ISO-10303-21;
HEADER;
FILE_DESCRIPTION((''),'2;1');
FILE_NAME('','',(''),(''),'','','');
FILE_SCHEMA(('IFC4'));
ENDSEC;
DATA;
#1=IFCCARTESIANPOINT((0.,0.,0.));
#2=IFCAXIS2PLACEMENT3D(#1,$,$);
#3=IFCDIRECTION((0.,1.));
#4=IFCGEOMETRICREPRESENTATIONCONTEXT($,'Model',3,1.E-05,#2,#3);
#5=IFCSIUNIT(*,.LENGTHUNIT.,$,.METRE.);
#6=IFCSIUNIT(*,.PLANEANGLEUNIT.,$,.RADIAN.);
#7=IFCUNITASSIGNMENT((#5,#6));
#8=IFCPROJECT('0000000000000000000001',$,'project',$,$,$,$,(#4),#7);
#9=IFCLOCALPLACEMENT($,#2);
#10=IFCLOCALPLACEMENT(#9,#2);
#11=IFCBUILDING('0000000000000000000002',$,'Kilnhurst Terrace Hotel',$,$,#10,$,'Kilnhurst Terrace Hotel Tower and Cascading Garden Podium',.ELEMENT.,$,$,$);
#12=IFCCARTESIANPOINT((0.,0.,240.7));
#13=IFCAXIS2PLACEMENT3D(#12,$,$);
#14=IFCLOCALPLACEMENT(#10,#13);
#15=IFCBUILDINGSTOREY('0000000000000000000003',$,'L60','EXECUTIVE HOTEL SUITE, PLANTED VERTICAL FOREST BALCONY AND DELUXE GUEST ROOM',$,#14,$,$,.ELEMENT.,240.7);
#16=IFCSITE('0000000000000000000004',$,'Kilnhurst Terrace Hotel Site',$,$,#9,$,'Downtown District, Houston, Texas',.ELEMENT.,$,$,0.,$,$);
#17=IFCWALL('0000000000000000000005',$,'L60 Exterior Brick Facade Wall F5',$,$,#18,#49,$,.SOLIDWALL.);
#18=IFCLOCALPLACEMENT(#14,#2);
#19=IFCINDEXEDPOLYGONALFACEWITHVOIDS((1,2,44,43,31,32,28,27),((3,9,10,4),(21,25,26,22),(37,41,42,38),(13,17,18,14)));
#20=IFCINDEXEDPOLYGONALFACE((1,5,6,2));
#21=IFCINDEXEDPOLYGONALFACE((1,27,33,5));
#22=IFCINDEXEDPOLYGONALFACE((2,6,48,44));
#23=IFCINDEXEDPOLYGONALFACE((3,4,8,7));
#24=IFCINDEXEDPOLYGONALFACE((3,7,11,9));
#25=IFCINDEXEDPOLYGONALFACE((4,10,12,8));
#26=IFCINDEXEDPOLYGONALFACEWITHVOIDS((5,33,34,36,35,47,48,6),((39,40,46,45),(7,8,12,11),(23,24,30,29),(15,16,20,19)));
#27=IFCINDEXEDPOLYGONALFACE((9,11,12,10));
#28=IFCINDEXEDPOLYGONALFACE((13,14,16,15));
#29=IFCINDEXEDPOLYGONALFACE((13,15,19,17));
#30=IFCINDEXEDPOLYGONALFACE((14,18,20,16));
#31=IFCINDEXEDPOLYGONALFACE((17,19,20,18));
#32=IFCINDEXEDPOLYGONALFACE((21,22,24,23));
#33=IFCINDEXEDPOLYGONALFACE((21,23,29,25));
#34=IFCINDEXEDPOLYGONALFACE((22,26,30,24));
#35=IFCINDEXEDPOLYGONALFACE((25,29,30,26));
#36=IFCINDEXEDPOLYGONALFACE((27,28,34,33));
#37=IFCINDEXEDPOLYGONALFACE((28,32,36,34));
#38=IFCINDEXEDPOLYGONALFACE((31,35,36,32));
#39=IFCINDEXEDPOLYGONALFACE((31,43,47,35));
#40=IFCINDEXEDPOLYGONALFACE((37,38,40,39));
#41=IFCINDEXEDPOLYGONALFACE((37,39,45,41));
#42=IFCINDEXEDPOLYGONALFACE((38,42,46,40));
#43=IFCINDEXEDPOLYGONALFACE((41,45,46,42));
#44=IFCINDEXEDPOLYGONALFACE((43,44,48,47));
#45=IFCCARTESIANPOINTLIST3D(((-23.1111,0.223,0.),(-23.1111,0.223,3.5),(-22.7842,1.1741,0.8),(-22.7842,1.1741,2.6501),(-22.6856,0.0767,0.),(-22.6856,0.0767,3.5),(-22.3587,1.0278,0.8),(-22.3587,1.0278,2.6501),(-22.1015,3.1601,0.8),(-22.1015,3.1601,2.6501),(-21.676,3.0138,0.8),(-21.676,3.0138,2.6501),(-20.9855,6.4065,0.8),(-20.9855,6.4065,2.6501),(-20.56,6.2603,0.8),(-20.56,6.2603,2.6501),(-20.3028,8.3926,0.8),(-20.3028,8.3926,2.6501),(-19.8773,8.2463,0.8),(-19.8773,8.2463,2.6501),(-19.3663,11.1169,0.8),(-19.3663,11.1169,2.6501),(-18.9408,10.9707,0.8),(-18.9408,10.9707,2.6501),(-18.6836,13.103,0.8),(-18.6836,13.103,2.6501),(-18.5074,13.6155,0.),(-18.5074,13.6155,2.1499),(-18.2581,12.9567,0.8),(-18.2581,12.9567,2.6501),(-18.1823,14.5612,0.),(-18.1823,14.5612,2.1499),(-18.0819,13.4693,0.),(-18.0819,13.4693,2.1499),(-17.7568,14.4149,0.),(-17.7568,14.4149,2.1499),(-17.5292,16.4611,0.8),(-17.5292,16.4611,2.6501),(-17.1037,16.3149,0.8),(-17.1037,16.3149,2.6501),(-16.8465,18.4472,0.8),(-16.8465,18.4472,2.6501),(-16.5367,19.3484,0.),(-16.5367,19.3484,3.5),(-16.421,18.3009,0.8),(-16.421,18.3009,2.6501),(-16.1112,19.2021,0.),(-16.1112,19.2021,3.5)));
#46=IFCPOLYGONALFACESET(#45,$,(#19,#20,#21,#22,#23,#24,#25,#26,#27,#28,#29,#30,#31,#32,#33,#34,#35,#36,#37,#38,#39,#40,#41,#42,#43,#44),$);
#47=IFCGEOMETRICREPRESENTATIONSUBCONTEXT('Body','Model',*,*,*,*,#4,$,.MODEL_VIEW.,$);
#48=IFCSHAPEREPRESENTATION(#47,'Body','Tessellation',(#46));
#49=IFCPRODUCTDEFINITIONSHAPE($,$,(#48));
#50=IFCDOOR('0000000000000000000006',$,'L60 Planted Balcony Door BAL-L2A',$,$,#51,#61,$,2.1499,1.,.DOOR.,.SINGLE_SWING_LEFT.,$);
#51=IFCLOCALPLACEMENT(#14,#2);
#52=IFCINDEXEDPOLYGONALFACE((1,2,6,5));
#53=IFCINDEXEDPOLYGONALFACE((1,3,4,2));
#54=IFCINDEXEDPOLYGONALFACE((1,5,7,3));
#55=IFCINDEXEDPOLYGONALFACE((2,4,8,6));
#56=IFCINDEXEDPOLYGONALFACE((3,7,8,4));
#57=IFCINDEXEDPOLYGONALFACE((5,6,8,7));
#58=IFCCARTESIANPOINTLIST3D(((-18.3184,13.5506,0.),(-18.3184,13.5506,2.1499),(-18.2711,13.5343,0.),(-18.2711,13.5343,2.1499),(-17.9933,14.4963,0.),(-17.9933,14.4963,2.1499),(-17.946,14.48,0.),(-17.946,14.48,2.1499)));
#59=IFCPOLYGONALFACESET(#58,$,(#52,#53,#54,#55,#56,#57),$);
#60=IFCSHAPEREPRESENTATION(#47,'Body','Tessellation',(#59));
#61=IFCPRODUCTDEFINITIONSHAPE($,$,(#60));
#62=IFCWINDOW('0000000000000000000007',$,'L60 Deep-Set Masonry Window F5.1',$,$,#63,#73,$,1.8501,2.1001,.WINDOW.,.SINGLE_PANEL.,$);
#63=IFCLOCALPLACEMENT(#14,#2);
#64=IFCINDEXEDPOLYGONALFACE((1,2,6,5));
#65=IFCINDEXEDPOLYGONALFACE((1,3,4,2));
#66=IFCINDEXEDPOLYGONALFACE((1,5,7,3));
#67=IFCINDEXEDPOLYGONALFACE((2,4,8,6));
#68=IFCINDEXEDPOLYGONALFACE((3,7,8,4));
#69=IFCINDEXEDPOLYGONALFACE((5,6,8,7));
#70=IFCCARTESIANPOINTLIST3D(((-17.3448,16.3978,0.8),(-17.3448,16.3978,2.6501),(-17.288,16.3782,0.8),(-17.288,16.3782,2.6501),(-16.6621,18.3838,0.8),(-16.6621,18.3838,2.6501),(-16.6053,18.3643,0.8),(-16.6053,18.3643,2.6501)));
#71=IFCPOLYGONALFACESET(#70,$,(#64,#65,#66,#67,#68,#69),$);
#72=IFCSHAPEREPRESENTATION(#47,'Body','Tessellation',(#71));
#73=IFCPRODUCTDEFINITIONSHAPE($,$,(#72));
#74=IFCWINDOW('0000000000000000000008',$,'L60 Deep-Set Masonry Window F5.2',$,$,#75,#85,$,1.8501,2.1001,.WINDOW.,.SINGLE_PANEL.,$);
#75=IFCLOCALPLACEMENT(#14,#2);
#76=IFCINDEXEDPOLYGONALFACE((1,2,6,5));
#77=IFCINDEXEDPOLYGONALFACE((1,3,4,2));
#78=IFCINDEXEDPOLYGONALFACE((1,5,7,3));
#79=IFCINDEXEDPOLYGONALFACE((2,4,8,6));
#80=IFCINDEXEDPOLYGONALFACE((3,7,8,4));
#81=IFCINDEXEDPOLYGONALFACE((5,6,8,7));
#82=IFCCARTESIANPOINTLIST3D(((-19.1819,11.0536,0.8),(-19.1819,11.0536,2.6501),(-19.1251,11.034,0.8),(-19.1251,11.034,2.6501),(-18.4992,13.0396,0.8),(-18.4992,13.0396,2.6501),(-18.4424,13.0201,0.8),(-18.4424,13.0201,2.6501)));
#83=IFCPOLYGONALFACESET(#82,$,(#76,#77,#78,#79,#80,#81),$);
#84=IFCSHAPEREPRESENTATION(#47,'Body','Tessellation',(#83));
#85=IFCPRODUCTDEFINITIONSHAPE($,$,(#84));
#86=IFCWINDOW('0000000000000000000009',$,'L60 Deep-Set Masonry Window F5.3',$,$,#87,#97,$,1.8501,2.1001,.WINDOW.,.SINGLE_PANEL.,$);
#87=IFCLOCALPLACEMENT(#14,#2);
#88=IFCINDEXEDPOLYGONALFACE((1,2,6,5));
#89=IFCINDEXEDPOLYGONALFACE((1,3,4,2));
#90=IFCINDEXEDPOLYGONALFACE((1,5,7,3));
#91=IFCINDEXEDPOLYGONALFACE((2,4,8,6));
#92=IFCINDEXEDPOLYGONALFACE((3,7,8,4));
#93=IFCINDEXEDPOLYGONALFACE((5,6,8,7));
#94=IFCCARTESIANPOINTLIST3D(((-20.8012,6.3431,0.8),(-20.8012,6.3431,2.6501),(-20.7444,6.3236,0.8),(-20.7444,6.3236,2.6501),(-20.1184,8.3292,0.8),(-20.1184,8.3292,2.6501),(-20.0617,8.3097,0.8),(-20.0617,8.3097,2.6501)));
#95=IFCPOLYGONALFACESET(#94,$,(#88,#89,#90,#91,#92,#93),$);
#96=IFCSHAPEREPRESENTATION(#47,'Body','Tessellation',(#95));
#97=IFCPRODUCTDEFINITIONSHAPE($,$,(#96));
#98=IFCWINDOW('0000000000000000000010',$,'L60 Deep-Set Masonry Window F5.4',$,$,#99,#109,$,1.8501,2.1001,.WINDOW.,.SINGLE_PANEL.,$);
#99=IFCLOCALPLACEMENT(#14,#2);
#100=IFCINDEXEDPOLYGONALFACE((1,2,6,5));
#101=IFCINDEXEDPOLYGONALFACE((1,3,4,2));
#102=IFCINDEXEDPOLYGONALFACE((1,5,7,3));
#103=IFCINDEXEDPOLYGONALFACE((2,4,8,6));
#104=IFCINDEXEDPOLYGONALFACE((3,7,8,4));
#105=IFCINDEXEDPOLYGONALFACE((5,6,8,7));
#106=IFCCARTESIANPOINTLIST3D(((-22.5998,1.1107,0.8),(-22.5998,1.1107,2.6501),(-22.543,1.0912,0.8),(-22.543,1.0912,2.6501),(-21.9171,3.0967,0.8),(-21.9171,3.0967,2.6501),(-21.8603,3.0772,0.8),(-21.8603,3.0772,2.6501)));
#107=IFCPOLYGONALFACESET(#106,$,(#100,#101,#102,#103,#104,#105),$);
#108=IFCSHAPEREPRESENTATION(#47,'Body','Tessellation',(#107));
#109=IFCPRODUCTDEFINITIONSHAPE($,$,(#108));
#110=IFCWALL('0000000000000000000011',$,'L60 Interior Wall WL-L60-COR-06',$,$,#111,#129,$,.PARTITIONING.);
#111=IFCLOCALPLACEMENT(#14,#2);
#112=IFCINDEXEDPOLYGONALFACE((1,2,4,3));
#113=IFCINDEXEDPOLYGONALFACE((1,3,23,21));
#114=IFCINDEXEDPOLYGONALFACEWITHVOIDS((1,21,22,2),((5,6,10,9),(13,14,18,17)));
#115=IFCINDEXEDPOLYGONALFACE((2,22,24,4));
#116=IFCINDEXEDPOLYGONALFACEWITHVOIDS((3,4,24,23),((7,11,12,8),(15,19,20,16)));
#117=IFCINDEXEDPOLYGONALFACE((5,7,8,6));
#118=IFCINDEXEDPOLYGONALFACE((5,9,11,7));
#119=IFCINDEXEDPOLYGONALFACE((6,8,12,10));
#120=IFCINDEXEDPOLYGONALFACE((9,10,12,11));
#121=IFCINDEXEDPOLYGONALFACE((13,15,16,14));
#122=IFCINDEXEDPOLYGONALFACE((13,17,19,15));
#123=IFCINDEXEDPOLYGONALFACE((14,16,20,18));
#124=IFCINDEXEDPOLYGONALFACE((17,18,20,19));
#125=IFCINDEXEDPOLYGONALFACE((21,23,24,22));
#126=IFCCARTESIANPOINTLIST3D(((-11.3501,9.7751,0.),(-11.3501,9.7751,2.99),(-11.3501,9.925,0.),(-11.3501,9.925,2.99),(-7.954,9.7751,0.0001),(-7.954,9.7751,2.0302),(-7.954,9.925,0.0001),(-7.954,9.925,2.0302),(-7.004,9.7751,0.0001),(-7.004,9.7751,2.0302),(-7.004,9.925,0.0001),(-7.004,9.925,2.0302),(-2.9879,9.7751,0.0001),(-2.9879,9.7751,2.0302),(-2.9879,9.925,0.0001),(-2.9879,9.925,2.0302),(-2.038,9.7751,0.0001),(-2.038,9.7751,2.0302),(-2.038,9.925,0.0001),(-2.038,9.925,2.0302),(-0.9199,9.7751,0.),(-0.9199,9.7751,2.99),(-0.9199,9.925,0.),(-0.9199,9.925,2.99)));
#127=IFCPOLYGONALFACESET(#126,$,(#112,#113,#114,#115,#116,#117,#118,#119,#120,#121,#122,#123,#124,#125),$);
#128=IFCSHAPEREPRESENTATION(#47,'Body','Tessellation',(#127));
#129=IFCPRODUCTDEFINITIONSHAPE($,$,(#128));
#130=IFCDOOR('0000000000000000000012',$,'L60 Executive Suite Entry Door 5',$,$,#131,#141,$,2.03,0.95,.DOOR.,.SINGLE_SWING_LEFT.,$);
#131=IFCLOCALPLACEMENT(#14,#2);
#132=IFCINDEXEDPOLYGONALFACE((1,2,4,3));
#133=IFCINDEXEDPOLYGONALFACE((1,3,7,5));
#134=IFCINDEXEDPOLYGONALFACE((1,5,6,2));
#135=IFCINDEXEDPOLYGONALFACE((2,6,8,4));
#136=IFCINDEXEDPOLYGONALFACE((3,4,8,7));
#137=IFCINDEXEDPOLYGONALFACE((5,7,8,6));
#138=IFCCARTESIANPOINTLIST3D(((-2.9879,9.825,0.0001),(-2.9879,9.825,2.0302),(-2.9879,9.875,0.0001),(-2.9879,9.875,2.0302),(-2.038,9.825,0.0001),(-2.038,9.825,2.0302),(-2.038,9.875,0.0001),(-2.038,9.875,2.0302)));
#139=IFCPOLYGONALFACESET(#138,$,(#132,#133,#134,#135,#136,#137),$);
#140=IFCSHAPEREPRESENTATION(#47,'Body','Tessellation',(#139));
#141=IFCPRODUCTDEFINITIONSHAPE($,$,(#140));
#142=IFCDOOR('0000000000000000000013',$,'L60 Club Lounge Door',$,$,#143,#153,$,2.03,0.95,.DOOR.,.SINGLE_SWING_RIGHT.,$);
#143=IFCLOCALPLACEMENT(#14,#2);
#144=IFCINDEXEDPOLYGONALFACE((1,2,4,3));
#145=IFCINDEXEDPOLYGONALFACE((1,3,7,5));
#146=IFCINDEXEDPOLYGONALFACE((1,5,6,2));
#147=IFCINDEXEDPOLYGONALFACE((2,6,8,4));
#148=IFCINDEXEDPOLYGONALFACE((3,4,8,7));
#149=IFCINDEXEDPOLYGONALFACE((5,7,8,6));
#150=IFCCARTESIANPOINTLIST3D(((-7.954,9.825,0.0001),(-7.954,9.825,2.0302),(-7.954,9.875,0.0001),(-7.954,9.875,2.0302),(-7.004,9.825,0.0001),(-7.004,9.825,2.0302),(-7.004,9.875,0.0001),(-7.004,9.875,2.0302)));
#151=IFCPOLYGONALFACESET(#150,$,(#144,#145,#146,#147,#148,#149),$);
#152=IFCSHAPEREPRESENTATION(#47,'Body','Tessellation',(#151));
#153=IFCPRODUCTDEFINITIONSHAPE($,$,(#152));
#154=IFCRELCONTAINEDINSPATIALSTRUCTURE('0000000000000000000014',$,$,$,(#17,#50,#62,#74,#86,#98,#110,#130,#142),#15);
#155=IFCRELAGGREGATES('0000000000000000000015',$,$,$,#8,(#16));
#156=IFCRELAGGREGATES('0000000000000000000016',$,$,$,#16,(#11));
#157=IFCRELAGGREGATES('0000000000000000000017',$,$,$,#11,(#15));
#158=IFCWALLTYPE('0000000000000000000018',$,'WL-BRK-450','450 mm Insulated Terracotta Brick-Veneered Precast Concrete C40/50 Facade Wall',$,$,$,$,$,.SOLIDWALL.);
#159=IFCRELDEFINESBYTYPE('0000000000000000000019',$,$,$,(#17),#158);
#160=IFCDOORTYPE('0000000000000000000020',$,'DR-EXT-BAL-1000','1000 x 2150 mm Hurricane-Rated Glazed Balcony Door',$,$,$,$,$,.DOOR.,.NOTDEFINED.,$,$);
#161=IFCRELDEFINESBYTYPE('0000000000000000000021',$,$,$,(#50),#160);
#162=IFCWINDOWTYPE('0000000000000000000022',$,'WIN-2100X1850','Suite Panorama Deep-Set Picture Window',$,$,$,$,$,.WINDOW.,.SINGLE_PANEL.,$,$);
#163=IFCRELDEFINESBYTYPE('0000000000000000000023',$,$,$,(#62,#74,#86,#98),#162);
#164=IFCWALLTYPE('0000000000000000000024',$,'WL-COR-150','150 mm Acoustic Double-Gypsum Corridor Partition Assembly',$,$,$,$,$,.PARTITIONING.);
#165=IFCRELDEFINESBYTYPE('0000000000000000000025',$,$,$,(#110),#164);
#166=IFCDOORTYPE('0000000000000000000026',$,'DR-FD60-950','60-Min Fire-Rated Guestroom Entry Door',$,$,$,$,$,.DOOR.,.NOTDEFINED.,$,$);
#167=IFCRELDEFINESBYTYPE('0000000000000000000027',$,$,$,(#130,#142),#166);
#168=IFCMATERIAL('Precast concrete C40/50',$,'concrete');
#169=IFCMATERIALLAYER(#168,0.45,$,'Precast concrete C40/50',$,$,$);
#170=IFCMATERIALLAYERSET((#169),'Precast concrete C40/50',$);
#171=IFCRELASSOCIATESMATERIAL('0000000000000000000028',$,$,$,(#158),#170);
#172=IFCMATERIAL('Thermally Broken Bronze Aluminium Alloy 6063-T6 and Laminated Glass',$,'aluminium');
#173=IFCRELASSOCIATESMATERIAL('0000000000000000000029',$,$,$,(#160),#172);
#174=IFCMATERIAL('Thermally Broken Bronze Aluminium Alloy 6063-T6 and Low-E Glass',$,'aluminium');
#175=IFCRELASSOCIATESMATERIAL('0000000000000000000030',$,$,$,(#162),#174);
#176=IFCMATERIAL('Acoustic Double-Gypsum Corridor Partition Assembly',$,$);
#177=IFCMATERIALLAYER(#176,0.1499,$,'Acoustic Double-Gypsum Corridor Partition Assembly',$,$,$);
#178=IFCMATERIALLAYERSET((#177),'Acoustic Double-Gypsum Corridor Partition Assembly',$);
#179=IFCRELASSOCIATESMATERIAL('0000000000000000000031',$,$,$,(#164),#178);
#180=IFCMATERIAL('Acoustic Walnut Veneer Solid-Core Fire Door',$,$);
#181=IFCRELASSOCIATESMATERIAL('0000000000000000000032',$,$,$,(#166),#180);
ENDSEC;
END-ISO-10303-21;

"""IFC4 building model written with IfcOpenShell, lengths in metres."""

from ifc_helpers import new_model, si_unit, direction, frame, frame_2d, origin, place, context, subcontext, project, spatial, rectangle, extrude, material, layer, layer_set, type_object, element, fill, save


model = new_model("IFC4")

# Units and contexts
model_context = context("Model", 3, precision=1e-05, world=origin(), true_north=direction((0.0, 1.0)))
body_context = subcontext(model_context, "Body", "Model", "MODEL_VIEW")
ifc_project = project(units=[si_unit("LENGTHUNIT", "METRE"), si_unit("PLANEANGLEUNIT", "RADIAN")], contexts=[model_context])

# Site, building, storey
site_placement = place(None, origin())
site = spatial("IfcSite", under=ifc_project, at=site_placement, Name="Kilnhurst Terrace Hotel Site", LongName="Downtown District, Houston, Texas", CompositionType="ELEMENT", RefElevation=0.0)
building_placement = place(site_placement, origin())
building = spatial("IfcBuilding", under=site, at=building_placement, Name="Kilnhurst Terrace Hotel", LongName="Kilnhurst Terrace Hotel Tower and Cascading Garden Podium", CompositionType="ELEMENT")
storey_placement = place(building_placement, frame((0.0, 0.0, 240.7)))
storey = spatial("IfcBuildingStorey", under=building, at=storey_placement, Name="L60", Description="EXECUTIVE HOTEL SUITE, PLANTED VERTICAL FOREST BALCONY AND DELUXE GUEST ROOM", CompositionType="ELEMENT", Elevation=240.7)

# Shared definitions
ifc_material_1 = material(Name="Precast concrete C40/50", Category="concrete")
ifc_layer_1 = layer(ifc_material_1, 0.45, Name="Precast concrete C40/50")
ifc_layer_set_1 = layer_set([ifc_layer_1], Name="Precast concrete C40/50")
wall_type_1 = type_object("IfcWallType", Name="WL-BRK-450", Description="450 mm Insulated Terracotta Brick-Veneered Precast Concrete C40/50 Facade Wall", PredefinedType="SOLIDWALL", material=ifc_layer_set_1)

# Wall, openings, door, windows
wall_1_placement = place(storey_placement, frame((-16.324, 19.2751, 0.0), z_axis=(0.0, 0.0, 1.0), x_axis=(-0.325083, -0.945685, 0.0)))
wall_1 = element("IfcWall", 1, at=wall_1_placement, inside=storey, type_object=wall_type_1, Name="L60 Exterior Brick Facade Wall F5", PredefinedType="SOLIDWALL", context=body_context, shape_type="SweptSolid", body=[
    extrude(rectangle(XDim=20.2239, YDim=0.45, at=frame_2d((10.1118, 0.0))), origin(), (0.0, 0.0, 1.0), 3.5),
])
opening_1_placement = place(wall_1_placement, frame((5.062, 0.0, 0.0)))
opening_1 = element("IfcOpeningElement", 2, at=opening_1_placement, cuts=wall_1, PredefinedType="OPENING", context=body_context, shape_type="SweptSolid", body=[
    extrude(rectangle(XDim=1.0, YDim=2.1499, at=frame_2d((0.5, 1.075))), frame((0.0, 0.2349, 0.0), z_axis=(0.0, -1.0, 0.0), x_axis=(1.0, 0.0, 0.0)), (0.0, 0.0, 1.0), 0.47),
])
opening_2_placement = place(wall_1_placement, frame((0.9529, 0.0, 0.8)))
opening_2 = element("IfcOpeningElement", 3, at=opening_2_placement, cuts=wall_1, PredefinedType="OPENING", context=body_context, shape_type="SweptSolid", body=[
    extrude(rectangle(XDim=2.1001, YDim=1.8501, at=frame_2d((1.05, 0.925))), frame((0.0, 0.2349, 0.0), z_axis=(0.0, -1.0, 0.0), x_axis=(1.0, 0.0, 0.0)), (0.0, 0.0, 1.0), 0.47),
])
opening_3_placement = place(wall_1_placement, frame((6.604, 0.0, 0.8)))
opening_3 = element("IfcOpeningElement", 4, at=opening_3_placement, cuts=wall_1, PredefinedType="OPENING", context=body_context, shape_type="SweptSolid", body=[
    extrude(rectangle(XDim=2.1001, YDim=1.8501, at=frame_2d((1.05, 0.925))), frame((0.0, 0.2349, 0.0), z_axis=(0.0, -1.0, 0.0), x_axis=(1.0, 0.0, 0.0)), (0.0, 0.0, 1.0), 0.47),
])
opening_4_placement = place(wall_1_placement, frame((11.585, 0.0, 0.8)))
opening_4 = element("IfcOpeningElement", 5, at=opening_4_placement, cuts=wall_1, PredefinedType="OPENING", context=body_context, shape_type="SweptSolid", body=[
    extrude(rectangle(XDim=2.1001, YDim=1.8501, at=frame_2d((1.05, 0.925))), frame((0.0, 0.2349, 0.0), z_axis=(0.0, -1.0, 0.0), x_axis=(1.0, 0.0, 0.0)), (0.0, 0.0, 1.0), 0.47),
])
opening_5_placement = place(wall_1_placement, frame((17.1179, 0.0, 0.8)))
opening_5 = element("IfcOpeningElement", 6, at=opening_5_placement, cuts=wall_1, PredefinedType="OPENING", context=body_context, shape_type="SweptSolid", body=[
    extrude(rectangle(XDim=2.1001, YDim=1.8501, at=frame_2d((1.05, 0.925))), frame((0.0, 0.2349, 0.0), z_axis=(0.0, -1.0, 0.0), x_axis=(1.0, 0.0, 0.0)), (0.0, 0.0, 1.0), 0.47),
])
ifc_material_2 = material(Name="Thermally Broken Bronze Aluminium Alloy 6063-T6 and Laminated Glass", Category="aluminium")
door_type_1 = type_object("IfcDoorType", Name="DR-EXT-BAL-1000", Description="1000 x 2150 mm Hurricane-Rated Glazed Balcony Door", OperationType="NOTDEFINED", PredefinedType="DOOR", material=ifc_material_2)
door_1_placement = place(opening_1_placement, origin())
door_1 = element("IfcDoor", 7, at=door_1_placement, inside=storey, type_object=door_type_1, Name="L60 Planted Balcony Door BAL-L2A", OperationType="SINGLE_SWING_LEFT", OverallHeight=2.1499, OverallWidth=1.0, PredefinedType="DOOR", context=body_context, shape_type="SweptSolid", body=[
    extrude(rectangle(XDim=1.0, YDim=2.1499, at=frame_2d((0.5, 1.075))), frame((0.0, 0.0249, 0.0), z_axis=(0.0, -1.0, 0.0), x_axis=(1.0, 0.0, 0.0)), (0.0, 0.0, 1.0), 0.05),
])
fill(opening_1, door_1)
ifc_material_3 = material(Name="Thermally Broken Bronze Aluminium Alloy 6063-T6 and Low-E Glass", Category="aluminium")
window_type = type_object("IfcWindowType", Name="WIN-2100X1850", Description="Suite Panorama Deep-Set Picture Window", PartitioningType="SINGLE_PANEL", PredefinedType="WINDOW", material=ifc_material_3)
window_1_placement = place(opening_2_placement, origin())
window_1 = element("IfcWindow", 8, at=window_1_placement, inside=storey, type_object=window_type, Name="L60 Deep-Set Masonry Window F5.1", OverallHeight=1.8501, OverallWidth=2.1001, PartitioningType="SINGLE_PANEL", PredefinedType="WINDOW", context=body_context, shape_type="SweptSolid", body=[
    extrude(rectangle(XDim=2.1001, YDim=1.8501, at=frame_2d((1.05, 0.925))), frame((0.0, 0.03, 0.0), z_axis=(0.0, -1.0, 0.0), x_axis=(1.0, 0.0, 0.0)), (0.0, 0.0, 1.0), 0.0601),
])
fill(opening_2, window_1)
window_2_placement = place(opening_3_placement, origin())
window_2 = element("IfcWindow", 9, at=window_2_placement, inside=storey, type_object=window_type, Name="L60 Deep-Set Masonry Window F5.2", OverallHeight=1.8501, OverallWidth=2.1001, PartitioningType="SINGLE_PANEL", PredefinedType="WINDOW", context=body_context, shape_type="SweptSolid", body=[
    extrude(rectangle(XDim=2.1001, YDim=1.8501, at=frame_2d((1.05, 0.925))), frame((0.0, 0.03, 0.0), z_axis=(0.0, -1.0, 0.0), x_axis=(1.0, 0.0, 0.0)), (0.0, 0.0, 1.0), 0.0601),
])
fill(opening_3, window_2)
window_3_placement = place(opening_4_placement, origin())
window_3 = element("IfcWindow", 10, at=window_3_placement, inside=storey, type_object=window_type, Name="L60 Deep-Set Masonry Window F5.3", OverallHeight=1.8501, OverallWidth=2.1001, PartitioningType="SINGLE_PANEL", PredefinedType="WINDOW", context=body_context, shape_type="SweptSolid", body=[
    extrude(rectangle(XDim=2.1001, YDim=1.8501, at=frame_2d((1.05, 0.925))), frame((0.0, 0.03, 0.0), z_axis=(0.0, -1.0, 0.0), x_axis=(1.0, 0.0, 0.0)), (0.0, 0.0, 1.0), 0.0601),
])
fill(opening_4, window_3)
window_4_placement = place(opening_5_placement, origin())
window_4 = element("IfcWindow", 11, at=window_4_placement, inside=storey, type_object=window_type, Name="L60 Deep-Set Masonry Window F5.4", OverallHeight=1.8501, OverallWidth=2.1001, PartitioningType="SINGLE_PANEL", PredefinedType="WINDOW", context=body_context, shape_type="SweptSolid", body=[
    extrude(rectangle(XDim=2.1001, YDim=1.8501, at=frame_2d((1.05, 0.925))), frame((0.0, 0.03, 0.0), z_axis=(0.0, -1.0, 0.0), x_axis=(1.0, 0.0, 0.0)), (0.0, 0.0, 1.0), 0.0601),
])
fill(opening_5, window_4)

# Wall, openings, doors
ifc_material_4 = material(Name="Acoustic Double-Gypsum Corridor Partition Assembly")
ifc_layer_2 = layer(ifc_material_4, 0.1499, Name="Acoustic Double-Gypsum Corridor Partition Assembly")
ifc_layer_set_2 = layer_set([ifc_layer_2], Name="Acoustic Double-Gypsum Corridor Partition Assembly")
wall_type_2 = type_object("IfcWallType", Name="WL-COR-150", Description="150 mm Acoustic Double-Gypsum Corridor Partition Assembly", PredefinedType="PARTITIONING", material=ifc_layer_set_2)
wall_2_placement = place(storey_placement, frame((-11.3501, 9.8501, 0.0), z_axis=(0.0, 0.0, 1.0), x_axis=(1.0, 0.0, 0.0)))
wall_2 = element("IfcWall", 12, at=wall_2_placement, inside=storey, type_object=wall_type_2, Name="L60 Interior Wall WL-L60-COR-06", PredefinedType="PARTITIONING", context=body_context, shape_type="SweptSolid", body=[
    extrude(rectangle(XDim=10.4302, YDim=0.1499, at=frame_2d((5.2151, 0.0))), origin(), (0.0, 0.0, 1.0), 2.99),
])
opening_6_placement = place(wall_2_placement, frame((8.3621, 0.0, 0.0)))
opening_6 = element("IfcOpeningElement", 13, at=opening_6_placement, cuts=wall_2, PredefinedType="OPENING", context=body_context, shape_type="SweptSolid", body=[
    extrude(rectangle(XDim=0.95, YDim=2.03, at=frame_2d((0.4751, 1.0151))), frame((0.0, 0.085, 0.0), z_axis=(0.0, -1.0, 0.0), x_axis=(1.0, 0.0, 0.0)), (0.0, 0.0, 1.0), 0.1699),
])
opening_7_placement = place(wall_2_placement, frame((3.396, 0.0, 0.0)))
opening_7 = element("IfcOpeningElement", 14, at=opening_7_placement, cuts=wall_2, PredefinedType="OPENING", context=body_context, shape_type="SweptSolid", body=[
    extrude(rectangle(XDim=0.95, YDim=2.03, at=frame_2d((0.4751, 1.0151))), frame((0.0, 0.085, 0.0), z_axis=(0.0, -1.0, 0.0), x_axis=(1.0, 0.0, 0.0)), (0.0, 0.0, 1.0), 0.1699),
])
ifc_material_5 = material(Name="Acoustic Walnut Veneer Solid-Core Fire Door")
door_type_2 = type_object("IfcDoorType", Name="DR-FD60-950", Description="60-Min Fire-Rated Guestroom Entry Door", OperationType="NOTDEFINED", PredefinedType="DOOR", material=ifc_material_5)
door_2_placement = place(opening_6_placement, origin())
door_2 = element("IfcDoor", 15, at=door_2_placement, inside=storey, type_object=door_type_2, Name="L60 Executive Suite Entry Door 5", OperationType="SINGLE_SWING_LEFT", OverallHeight=2.03, OverallWidth=0.95, PredefinedType="DOOR", context=body_context, shape_type="SweptSolid", body=[
    extrude(rectangle(XDim=0.95, YDim=2.03, at=frame_2d((0.4751, 1.0151))), frame((0.0, 0.0249, 0.0), z_axis=(0.0, -1.0, 0.0), x_axis=(1.0, 0.0, 0.0)), (0.0, 0.0, 1.0), 0.05),
])
fill(opening_6, door_2)
door_3_placement = place(opening_7_placement, origin())
door_3 = element("IfcDoor", 16, at=door_3_placement, inside=storey, type_object=door_type_2, Name="L60 Club Lounge Door", OperationType="SINGLE_SWING_RIGHT", OverallHeight=2.03, OverallWidth=0.95, PredefinedType="DOOR", context=body_context, shape_type="SweptSolid", body=[
    extrude(rectangle(XDim=0.95, YDim=2.03, at=frame_2d((0.4751, 1.0151))), frame((0.0, 0.0249, 0.0), z_axis=(0.0, -1.0, 0.0), x_axis=(1.0, 0.0, 0.0)), (0.0, 0.0, 1.0), 0.05),
])
fill(opening_7, door_3)

save(model, "model.ifc")
